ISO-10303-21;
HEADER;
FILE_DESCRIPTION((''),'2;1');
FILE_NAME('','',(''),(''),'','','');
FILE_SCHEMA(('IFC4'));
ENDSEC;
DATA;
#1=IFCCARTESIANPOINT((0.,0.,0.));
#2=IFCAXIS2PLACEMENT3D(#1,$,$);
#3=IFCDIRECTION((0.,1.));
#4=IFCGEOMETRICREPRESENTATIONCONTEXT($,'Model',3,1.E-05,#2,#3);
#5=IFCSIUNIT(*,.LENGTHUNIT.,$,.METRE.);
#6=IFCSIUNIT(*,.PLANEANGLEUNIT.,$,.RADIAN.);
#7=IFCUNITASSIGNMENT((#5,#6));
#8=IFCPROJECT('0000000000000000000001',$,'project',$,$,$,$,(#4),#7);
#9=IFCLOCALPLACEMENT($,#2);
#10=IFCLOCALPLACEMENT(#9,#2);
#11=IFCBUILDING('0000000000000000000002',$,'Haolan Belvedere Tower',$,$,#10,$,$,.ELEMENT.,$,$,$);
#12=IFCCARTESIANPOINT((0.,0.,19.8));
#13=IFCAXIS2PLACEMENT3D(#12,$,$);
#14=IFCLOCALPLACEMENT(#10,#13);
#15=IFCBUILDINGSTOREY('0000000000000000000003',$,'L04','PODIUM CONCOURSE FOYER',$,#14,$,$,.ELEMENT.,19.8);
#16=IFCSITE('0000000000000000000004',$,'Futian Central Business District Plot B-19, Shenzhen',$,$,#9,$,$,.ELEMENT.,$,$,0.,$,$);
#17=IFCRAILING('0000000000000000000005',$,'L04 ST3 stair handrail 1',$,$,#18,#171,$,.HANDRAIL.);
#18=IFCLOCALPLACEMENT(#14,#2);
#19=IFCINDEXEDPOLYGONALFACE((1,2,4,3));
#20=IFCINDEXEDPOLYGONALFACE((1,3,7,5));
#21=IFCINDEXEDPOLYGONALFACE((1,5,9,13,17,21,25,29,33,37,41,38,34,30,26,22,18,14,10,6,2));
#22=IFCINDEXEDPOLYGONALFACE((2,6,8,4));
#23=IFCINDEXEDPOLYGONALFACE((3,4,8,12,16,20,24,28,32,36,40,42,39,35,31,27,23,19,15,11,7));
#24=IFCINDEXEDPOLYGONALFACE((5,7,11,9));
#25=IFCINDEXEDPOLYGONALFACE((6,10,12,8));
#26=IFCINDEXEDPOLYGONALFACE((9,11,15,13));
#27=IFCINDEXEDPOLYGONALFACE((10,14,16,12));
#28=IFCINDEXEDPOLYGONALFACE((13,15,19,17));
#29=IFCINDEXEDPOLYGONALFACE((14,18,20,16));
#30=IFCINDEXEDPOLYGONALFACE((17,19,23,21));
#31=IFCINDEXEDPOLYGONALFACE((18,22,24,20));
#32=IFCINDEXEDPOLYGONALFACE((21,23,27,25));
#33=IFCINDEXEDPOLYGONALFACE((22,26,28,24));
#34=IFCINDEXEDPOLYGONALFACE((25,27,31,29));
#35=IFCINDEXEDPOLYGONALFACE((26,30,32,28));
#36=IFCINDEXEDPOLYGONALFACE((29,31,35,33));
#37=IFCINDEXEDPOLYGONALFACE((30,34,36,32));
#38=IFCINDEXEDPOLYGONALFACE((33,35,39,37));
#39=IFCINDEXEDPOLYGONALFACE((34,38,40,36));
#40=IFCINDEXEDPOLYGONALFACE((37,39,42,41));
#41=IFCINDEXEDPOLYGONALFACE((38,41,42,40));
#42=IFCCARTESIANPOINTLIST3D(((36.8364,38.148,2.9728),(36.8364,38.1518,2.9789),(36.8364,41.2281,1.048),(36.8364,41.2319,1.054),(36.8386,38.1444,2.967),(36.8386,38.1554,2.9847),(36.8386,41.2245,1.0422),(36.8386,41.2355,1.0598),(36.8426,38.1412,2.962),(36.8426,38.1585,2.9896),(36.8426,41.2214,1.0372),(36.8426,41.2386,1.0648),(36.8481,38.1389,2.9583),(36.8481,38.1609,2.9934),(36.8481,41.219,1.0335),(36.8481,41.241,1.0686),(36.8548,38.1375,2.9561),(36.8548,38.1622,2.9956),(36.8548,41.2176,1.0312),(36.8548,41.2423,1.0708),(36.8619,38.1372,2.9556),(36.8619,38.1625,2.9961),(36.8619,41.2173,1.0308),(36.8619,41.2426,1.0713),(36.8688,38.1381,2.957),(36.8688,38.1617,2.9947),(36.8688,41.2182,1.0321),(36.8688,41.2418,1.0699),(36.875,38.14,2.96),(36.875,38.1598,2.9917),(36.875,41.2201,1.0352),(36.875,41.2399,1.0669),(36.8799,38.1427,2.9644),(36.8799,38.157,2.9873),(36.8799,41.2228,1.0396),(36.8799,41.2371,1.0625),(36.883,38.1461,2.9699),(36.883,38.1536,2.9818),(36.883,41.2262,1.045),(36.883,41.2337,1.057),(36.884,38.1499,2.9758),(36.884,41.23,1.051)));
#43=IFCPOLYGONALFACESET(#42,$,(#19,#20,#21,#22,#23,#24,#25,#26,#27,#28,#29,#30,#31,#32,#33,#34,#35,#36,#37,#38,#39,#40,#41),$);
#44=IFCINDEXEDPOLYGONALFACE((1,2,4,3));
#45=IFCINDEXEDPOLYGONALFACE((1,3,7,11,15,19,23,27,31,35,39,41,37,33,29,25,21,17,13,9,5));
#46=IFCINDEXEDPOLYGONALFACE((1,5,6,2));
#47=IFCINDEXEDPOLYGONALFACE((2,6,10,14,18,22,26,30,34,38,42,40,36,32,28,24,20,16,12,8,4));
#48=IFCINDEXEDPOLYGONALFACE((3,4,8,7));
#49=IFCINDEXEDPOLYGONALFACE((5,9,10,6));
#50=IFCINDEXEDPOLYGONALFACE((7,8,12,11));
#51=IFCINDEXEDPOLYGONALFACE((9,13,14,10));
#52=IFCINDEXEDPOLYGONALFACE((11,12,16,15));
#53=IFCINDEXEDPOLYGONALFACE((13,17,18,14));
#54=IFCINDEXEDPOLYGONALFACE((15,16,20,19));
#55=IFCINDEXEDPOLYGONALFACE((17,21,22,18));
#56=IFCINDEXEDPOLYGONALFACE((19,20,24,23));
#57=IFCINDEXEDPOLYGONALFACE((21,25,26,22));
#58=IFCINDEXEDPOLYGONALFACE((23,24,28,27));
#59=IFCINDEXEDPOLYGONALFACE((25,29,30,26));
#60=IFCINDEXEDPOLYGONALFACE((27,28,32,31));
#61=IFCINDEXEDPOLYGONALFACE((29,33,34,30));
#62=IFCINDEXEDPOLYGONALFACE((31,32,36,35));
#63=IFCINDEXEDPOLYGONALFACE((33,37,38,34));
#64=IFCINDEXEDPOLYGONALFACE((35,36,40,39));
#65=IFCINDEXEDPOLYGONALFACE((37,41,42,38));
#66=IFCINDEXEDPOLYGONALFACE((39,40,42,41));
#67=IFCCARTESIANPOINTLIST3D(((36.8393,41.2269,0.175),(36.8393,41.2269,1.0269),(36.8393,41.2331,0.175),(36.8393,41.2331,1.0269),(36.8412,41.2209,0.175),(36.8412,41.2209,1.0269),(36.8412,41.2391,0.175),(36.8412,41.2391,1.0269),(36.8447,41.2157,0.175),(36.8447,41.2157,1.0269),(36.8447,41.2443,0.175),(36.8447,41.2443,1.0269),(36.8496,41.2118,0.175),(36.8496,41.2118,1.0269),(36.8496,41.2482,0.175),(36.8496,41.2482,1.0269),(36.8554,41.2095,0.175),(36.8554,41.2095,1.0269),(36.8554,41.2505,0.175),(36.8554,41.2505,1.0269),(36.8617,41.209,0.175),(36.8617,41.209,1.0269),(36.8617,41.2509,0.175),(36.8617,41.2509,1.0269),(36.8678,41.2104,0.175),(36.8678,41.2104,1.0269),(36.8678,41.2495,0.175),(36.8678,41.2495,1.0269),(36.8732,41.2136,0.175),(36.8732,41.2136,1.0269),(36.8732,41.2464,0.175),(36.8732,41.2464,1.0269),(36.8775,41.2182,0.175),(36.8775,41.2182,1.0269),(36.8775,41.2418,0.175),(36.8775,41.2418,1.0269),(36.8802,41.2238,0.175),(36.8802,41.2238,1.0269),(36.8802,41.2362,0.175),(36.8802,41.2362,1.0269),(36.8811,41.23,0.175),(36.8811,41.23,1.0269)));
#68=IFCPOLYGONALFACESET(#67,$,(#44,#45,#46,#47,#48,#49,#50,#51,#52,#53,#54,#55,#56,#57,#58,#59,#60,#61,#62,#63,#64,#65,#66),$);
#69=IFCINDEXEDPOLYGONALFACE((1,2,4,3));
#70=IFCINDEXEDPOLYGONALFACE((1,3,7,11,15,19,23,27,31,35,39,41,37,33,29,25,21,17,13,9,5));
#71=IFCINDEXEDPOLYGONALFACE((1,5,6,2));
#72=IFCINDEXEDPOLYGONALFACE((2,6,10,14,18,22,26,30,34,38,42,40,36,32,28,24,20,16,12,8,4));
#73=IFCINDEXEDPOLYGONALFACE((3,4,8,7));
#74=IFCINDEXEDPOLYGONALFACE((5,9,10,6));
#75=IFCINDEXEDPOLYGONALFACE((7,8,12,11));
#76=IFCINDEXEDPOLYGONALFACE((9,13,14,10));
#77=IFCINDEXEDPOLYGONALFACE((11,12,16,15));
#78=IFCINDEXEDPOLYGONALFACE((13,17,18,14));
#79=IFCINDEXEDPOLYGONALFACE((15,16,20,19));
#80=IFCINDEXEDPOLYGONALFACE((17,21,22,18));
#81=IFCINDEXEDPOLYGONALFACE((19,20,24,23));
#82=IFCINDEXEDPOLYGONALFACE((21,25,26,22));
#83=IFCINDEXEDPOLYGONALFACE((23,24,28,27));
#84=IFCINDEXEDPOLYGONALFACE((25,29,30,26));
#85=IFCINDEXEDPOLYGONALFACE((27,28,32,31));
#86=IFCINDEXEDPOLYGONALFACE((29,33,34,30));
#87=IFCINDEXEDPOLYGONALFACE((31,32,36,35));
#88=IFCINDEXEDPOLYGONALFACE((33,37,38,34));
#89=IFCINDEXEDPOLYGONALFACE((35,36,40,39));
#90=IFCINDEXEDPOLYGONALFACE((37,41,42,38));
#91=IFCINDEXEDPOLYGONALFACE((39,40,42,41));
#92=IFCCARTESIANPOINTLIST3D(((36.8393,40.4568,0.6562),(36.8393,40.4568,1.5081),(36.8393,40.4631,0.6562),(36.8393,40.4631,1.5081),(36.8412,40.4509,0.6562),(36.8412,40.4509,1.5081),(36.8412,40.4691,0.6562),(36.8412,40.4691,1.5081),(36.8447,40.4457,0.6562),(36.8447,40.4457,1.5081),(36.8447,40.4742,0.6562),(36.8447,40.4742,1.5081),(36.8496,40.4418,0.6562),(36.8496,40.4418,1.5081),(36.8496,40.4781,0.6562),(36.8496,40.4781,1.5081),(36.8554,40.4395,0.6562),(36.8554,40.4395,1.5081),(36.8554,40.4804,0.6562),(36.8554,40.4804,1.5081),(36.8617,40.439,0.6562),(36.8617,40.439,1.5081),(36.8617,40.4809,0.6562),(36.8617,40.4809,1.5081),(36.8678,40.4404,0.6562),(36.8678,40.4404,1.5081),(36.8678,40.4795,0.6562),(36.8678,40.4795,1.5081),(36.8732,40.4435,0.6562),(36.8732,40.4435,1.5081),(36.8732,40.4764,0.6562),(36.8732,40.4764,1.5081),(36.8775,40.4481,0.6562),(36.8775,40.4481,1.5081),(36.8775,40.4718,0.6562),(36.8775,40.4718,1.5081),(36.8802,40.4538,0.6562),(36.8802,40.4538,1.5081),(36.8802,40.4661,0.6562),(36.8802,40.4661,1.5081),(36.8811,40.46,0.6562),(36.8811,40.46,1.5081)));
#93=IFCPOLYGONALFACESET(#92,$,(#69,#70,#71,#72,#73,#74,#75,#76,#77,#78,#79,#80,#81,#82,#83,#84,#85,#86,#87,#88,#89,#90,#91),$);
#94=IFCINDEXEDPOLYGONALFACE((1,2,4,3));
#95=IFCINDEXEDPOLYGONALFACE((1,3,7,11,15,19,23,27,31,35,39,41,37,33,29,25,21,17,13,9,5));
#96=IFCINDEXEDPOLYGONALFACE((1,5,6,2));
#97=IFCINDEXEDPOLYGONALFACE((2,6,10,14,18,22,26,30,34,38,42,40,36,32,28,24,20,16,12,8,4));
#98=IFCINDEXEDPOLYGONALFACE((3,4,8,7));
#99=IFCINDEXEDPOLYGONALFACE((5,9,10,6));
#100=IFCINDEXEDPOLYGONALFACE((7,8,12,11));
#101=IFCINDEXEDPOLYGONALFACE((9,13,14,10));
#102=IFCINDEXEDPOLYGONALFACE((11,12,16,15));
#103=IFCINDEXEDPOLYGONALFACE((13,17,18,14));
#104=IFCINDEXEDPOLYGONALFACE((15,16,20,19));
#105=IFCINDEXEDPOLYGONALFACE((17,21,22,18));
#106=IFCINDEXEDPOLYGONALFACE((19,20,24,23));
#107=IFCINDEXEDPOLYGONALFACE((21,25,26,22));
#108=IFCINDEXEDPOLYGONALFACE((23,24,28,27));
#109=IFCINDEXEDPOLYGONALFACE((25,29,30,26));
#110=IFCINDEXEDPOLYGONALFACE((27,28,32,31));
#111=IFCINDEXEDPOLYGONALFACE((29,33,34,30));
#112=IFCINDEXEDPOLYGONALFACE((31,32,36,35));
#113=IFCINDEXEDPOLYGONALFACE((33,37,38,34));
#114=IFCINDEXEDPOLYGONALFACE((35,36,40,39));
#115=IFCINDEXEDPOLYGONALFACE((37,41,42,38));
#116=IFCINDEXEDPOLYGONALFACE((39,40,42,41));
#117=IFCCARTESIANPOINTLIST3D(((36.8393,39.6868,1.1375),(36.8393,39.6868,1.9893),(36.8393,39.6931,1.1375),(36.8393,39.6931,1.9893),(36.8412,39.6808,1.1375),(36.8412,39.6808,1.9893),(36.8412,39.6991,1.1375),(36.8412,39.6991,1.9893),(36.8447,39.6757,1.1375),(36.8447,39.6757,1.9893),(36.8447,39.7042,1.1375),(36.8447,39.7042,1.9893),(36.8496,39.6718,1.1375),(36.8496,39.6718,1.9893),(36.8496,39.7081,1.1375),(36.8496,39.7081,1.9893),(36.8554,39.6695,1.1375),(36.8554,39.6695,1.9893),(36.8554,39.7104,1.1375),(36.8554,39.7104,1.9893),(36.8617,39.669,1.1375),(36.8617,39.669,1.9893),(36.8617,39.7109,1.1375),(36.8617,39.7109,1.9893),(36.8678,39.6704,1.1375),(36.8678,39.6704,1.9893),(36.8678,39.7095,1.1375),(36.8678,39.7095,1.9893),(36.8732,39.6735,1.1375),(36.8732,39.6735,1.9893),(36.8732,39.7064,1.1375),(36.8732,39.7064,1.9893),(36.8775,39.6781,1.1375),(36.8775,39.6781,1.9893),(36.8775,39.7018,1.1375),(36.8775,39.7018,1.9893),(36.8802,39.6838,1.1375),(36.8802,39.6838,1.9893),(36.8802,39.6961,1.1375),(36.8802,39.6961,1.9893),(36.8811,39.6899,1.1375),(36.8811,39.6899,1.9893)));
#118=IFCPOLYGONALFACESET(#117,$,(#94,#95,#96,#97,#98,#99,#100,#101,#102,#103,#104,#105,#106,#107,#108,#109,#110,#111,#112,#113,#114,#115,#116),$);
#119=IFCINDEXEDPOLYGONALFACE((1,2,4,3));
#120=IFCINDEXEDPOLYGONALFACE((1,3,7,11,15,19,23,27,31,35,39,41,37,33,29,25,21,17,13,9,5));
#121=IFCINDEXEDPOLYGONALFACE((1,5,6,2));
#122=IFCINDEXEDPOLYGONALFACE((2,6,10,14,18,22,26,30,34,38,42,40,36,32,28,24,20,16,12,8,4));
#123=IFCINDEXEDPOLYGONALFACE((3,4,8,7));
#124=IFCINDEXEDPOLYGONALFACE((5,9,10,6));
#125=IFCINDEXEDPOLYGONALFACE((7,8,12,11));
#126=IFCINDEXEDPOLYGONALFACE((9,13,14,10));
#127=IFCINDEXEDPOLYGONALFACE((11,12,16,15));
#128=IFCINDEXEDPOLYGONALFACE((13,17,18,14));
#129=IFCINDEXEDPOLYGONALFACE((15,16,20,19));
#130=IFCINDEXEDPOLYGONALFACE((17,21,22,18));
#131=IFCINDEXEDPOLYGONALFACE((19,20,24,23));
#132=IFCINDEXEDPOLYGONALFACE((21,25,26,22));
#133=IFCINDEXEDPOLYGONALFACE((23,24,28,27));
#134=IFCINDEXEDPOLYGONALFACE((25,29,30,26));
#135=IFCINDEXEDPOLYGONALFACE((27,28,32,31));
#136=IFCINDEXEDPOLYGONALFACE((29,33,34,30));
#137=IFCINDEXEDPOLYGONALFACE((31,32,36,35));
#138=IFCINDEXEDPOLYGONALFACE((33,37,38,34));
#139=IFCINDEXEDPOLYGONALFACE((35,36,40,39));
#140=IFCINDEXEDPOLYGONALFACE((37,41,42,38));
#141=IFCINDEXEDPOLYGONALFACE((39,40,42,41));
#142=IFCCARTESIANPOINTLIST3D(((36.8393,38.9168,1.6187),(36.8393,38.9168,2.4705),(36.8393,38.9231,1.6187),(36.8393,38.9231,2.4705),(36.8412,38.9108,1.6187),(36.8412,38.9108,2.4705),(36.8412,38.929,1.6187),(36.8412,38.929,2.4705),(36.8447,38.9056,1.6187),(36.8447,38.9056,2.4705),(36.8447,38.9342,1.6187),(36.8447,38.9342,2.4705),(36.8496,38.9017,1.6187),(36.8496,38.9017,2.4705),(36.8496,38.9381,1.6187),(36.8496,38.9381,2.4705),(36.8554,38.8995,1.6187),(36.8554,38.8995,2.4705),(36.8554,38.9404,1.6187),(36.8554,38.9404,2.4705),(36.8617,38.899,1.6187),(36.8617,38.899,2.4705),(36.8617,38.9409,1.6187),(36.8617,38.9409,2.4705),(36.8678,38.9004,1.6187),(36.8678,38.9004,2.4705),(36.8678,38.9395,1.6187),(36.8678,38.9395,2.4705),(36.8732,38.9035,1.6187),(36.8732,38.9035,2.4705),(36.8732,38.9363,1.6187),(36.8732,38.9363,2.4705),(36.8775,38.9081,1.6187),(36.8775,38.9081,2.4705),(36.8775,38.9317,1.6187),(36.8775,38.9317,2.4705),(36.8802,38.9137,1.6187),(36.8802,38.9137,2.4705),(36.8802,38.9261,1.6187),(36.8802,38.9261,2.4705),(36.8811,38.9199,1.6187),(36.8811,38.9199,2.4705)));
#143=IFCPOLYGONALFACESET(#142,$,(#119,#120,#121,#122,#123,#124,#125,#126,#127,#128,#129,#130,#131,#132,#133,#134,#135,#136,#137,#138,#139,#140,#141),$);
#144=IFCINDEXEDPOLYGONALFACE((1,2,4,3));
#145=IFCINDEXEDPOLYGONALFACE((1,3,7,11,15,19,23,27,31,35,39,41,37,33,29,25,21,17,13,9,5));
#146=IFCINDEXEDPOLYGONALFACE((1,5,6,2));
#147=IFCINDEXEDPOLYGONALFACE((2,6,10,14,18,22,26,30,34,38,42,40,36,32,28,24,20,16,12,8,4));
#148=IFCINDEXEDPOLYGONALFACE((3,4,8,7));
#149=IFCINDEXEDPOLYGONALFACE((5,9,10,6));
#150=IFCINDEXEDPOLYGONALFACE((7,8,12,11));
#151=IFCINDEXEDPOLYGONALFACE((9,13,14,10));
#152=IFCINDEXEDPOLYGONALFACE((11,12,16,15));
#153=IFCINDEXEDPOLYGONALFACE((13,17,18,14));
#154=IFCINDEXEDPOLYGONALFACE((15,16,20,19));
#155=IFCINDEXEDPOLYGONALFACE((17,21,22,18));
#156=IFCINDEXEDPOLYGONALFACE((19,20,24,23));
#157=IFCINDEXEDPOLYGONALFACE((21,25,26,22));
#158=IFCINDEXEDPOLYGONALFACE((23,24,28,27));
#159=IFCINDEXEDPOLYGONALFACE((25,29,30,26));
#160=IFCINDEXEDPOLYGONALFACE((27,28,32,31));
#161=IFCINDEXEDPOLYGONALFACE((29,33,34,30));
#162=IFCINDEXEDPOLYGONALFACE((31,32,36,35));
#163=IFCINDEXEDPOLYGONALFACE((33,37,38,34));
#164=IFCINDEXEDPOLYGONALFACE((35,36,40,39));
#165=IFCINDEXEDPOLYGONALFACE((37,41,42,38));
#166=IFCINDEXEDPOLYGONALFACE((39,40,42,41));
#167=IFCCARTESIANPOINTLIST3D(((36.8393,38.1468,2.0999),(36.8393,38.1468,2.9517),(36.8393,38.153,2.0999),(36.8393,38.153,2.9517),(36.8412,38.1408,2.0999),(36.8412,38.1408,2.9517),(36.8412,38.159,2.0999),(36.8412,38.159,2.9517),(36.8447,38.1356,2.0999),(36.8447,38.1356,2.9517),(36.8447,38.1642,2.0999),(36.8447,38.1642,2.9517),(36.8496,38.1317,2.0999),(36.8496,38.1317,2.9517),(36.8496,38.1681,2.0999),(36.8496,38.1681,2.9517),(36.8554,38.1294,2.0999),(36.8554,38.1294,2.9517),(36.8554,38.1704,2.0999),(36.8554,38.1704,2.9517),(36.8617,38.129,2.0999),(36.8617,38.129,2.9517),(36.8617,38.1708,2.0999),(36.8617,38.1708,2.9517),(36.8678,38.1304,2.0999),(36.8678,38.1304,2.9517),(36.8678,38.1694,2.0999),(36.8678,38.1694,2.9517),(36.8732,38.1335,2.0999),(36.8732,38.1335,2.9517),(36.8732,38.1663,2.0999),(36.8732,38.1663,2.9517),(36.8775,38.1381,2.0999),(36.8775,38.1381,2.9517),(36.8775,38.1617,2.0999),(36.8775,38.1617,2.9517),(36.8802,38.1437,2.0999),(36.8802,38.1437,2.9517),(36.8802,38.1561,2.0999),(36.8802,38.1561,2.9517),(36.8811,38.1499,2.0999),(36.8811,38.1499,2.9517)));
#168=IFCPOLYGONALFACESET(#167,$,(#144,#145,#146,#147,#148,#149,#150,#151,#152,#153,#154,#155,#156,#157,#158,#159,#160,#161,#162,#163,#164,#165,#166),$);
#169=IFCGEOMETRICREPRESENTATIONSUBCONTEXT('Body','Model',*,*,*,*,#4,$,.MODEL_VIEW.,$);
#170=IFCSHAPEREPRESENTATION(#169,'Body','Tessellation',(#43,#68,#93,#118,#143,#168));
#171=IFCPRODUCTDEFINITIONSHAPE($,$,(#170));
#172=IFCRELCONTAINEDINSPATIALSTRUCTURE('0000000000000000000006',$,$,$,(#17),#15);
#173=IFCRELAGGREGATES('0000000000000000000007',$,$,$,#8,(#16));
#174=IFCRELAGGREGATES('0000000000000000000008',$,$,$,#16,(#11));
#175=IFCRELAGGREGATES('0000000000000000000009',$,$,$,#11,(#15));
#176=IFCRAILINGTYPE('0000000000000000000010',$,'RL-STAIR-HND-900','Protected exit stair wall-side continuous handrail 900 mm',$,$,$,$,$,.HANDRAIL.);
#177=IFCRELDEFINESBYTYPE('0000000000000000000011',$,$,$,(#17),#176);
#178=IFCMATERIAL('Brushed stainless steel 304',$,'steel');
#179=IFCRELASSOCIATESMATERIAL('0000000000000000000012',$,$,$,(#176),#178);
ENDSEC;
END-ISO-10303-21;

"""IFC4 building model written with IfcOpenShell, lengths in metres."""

from ifc_helpers import new_model, si_unit, direction, frame, origin, origin_2d, place, context, subcontext, project, spatial, circle, extrude, material, type_object, element, save


model = new_model("IFC4")

# Units and contexts
model_context = context("Model", 3, precision=1e-05, world=origin(), true_north=direction((0.0, 1.0)))
body_context = subcontext(model_context, "Body", "Model", "MODEL_VIEW")
ifc_project = project(units=[si_unit("LENGTHUNIT", "METRE"), si_unit("PLANEANGLEUNIT", "RADIAN")], contexts=[model_context])

# Site, building, storey
site_placement = place(None, origin())
site = spatial("IfcSite", under=ifc_project, at=site_placement, Name="Futian Central Business District Plot B-19, Shenzhen", CompositionType="ELEMENT", RefElevation=0.0)
building_placement = place(site_placement, origin())
building = spatial("IfcBuilding", under=site, at=building_placement, Name="Haolan Belvedere Tower", CompositionType="ELEMENT")
storey_placement = place(building_placement, frame((0.0, 0.0, 19.8)))
storey = spatial("IfcBuildingStorey", under=building, at=storey_placement, Name="L04", Description="PODIUM CONCOURSE FOYER", CompositionType="ELEMENT", Elevation=19.8)

# Railing
ifc_material_1 = material(Name="Brushed stainless steel 304", Category="steel")
railing_type_1 = type_object("IfcRailingType", Name="RL-STAIR-HND-900", Description="Protected exit stair wall-side continuous handrail 900 mm", PredefinedType="HANDRAIL", material=ifc_material_1)
railing_1_placement = place(storey_placement, frame((36.8601, 41.23, 0.175)))
element("IfcRailing", 1, at=railing_1_placement, inside=storey, type_object=railing_type_1, Name="L04 ST3 stair handrail 1", PredefinedType="HANDRAIL", context=body_context, shape_type="SweptSolid", body=[
    extrude(circle(Radius=0.0239, at=origin_2d()), frame((0.0, 0.0, 0.876), z_axis=(0.0, -0.848029, 0.529951), x_axis=(1.0, 0.0, 0.0)), (0.0, 0.0, 1.0), 3.6321),
    extrude(circle(Radius=0.021, at=origin_2d()), origin(), (0.0, 0.0, 1.0), 0.8518),
    extrude(circle(Radius=0.021, at=origin_2d()), frame((0.0, -0.77, 0.4812)), (0.0, 0.0, 1.0), 0.8518),
    extrude(circle(Radius=0.021, at=origin_2d()), frame((0.0, -1.54, 0.9624)), (0.0, 0.0, 1.0), 0.8518),
    extrude(circle(Radius=0.021, at=origin_2d()), frame((0.0, -2.3101, 1.4436)), (0.0, 0.0, 1.0), 0.8518),
    extrude(circle(Radius=0.021, at=origin_2d()), frame((0.0, -3.0801, 1.9248)), (0.0, 0.0, 1.0), 0.8518),
])

save(model, "model.ifc")
